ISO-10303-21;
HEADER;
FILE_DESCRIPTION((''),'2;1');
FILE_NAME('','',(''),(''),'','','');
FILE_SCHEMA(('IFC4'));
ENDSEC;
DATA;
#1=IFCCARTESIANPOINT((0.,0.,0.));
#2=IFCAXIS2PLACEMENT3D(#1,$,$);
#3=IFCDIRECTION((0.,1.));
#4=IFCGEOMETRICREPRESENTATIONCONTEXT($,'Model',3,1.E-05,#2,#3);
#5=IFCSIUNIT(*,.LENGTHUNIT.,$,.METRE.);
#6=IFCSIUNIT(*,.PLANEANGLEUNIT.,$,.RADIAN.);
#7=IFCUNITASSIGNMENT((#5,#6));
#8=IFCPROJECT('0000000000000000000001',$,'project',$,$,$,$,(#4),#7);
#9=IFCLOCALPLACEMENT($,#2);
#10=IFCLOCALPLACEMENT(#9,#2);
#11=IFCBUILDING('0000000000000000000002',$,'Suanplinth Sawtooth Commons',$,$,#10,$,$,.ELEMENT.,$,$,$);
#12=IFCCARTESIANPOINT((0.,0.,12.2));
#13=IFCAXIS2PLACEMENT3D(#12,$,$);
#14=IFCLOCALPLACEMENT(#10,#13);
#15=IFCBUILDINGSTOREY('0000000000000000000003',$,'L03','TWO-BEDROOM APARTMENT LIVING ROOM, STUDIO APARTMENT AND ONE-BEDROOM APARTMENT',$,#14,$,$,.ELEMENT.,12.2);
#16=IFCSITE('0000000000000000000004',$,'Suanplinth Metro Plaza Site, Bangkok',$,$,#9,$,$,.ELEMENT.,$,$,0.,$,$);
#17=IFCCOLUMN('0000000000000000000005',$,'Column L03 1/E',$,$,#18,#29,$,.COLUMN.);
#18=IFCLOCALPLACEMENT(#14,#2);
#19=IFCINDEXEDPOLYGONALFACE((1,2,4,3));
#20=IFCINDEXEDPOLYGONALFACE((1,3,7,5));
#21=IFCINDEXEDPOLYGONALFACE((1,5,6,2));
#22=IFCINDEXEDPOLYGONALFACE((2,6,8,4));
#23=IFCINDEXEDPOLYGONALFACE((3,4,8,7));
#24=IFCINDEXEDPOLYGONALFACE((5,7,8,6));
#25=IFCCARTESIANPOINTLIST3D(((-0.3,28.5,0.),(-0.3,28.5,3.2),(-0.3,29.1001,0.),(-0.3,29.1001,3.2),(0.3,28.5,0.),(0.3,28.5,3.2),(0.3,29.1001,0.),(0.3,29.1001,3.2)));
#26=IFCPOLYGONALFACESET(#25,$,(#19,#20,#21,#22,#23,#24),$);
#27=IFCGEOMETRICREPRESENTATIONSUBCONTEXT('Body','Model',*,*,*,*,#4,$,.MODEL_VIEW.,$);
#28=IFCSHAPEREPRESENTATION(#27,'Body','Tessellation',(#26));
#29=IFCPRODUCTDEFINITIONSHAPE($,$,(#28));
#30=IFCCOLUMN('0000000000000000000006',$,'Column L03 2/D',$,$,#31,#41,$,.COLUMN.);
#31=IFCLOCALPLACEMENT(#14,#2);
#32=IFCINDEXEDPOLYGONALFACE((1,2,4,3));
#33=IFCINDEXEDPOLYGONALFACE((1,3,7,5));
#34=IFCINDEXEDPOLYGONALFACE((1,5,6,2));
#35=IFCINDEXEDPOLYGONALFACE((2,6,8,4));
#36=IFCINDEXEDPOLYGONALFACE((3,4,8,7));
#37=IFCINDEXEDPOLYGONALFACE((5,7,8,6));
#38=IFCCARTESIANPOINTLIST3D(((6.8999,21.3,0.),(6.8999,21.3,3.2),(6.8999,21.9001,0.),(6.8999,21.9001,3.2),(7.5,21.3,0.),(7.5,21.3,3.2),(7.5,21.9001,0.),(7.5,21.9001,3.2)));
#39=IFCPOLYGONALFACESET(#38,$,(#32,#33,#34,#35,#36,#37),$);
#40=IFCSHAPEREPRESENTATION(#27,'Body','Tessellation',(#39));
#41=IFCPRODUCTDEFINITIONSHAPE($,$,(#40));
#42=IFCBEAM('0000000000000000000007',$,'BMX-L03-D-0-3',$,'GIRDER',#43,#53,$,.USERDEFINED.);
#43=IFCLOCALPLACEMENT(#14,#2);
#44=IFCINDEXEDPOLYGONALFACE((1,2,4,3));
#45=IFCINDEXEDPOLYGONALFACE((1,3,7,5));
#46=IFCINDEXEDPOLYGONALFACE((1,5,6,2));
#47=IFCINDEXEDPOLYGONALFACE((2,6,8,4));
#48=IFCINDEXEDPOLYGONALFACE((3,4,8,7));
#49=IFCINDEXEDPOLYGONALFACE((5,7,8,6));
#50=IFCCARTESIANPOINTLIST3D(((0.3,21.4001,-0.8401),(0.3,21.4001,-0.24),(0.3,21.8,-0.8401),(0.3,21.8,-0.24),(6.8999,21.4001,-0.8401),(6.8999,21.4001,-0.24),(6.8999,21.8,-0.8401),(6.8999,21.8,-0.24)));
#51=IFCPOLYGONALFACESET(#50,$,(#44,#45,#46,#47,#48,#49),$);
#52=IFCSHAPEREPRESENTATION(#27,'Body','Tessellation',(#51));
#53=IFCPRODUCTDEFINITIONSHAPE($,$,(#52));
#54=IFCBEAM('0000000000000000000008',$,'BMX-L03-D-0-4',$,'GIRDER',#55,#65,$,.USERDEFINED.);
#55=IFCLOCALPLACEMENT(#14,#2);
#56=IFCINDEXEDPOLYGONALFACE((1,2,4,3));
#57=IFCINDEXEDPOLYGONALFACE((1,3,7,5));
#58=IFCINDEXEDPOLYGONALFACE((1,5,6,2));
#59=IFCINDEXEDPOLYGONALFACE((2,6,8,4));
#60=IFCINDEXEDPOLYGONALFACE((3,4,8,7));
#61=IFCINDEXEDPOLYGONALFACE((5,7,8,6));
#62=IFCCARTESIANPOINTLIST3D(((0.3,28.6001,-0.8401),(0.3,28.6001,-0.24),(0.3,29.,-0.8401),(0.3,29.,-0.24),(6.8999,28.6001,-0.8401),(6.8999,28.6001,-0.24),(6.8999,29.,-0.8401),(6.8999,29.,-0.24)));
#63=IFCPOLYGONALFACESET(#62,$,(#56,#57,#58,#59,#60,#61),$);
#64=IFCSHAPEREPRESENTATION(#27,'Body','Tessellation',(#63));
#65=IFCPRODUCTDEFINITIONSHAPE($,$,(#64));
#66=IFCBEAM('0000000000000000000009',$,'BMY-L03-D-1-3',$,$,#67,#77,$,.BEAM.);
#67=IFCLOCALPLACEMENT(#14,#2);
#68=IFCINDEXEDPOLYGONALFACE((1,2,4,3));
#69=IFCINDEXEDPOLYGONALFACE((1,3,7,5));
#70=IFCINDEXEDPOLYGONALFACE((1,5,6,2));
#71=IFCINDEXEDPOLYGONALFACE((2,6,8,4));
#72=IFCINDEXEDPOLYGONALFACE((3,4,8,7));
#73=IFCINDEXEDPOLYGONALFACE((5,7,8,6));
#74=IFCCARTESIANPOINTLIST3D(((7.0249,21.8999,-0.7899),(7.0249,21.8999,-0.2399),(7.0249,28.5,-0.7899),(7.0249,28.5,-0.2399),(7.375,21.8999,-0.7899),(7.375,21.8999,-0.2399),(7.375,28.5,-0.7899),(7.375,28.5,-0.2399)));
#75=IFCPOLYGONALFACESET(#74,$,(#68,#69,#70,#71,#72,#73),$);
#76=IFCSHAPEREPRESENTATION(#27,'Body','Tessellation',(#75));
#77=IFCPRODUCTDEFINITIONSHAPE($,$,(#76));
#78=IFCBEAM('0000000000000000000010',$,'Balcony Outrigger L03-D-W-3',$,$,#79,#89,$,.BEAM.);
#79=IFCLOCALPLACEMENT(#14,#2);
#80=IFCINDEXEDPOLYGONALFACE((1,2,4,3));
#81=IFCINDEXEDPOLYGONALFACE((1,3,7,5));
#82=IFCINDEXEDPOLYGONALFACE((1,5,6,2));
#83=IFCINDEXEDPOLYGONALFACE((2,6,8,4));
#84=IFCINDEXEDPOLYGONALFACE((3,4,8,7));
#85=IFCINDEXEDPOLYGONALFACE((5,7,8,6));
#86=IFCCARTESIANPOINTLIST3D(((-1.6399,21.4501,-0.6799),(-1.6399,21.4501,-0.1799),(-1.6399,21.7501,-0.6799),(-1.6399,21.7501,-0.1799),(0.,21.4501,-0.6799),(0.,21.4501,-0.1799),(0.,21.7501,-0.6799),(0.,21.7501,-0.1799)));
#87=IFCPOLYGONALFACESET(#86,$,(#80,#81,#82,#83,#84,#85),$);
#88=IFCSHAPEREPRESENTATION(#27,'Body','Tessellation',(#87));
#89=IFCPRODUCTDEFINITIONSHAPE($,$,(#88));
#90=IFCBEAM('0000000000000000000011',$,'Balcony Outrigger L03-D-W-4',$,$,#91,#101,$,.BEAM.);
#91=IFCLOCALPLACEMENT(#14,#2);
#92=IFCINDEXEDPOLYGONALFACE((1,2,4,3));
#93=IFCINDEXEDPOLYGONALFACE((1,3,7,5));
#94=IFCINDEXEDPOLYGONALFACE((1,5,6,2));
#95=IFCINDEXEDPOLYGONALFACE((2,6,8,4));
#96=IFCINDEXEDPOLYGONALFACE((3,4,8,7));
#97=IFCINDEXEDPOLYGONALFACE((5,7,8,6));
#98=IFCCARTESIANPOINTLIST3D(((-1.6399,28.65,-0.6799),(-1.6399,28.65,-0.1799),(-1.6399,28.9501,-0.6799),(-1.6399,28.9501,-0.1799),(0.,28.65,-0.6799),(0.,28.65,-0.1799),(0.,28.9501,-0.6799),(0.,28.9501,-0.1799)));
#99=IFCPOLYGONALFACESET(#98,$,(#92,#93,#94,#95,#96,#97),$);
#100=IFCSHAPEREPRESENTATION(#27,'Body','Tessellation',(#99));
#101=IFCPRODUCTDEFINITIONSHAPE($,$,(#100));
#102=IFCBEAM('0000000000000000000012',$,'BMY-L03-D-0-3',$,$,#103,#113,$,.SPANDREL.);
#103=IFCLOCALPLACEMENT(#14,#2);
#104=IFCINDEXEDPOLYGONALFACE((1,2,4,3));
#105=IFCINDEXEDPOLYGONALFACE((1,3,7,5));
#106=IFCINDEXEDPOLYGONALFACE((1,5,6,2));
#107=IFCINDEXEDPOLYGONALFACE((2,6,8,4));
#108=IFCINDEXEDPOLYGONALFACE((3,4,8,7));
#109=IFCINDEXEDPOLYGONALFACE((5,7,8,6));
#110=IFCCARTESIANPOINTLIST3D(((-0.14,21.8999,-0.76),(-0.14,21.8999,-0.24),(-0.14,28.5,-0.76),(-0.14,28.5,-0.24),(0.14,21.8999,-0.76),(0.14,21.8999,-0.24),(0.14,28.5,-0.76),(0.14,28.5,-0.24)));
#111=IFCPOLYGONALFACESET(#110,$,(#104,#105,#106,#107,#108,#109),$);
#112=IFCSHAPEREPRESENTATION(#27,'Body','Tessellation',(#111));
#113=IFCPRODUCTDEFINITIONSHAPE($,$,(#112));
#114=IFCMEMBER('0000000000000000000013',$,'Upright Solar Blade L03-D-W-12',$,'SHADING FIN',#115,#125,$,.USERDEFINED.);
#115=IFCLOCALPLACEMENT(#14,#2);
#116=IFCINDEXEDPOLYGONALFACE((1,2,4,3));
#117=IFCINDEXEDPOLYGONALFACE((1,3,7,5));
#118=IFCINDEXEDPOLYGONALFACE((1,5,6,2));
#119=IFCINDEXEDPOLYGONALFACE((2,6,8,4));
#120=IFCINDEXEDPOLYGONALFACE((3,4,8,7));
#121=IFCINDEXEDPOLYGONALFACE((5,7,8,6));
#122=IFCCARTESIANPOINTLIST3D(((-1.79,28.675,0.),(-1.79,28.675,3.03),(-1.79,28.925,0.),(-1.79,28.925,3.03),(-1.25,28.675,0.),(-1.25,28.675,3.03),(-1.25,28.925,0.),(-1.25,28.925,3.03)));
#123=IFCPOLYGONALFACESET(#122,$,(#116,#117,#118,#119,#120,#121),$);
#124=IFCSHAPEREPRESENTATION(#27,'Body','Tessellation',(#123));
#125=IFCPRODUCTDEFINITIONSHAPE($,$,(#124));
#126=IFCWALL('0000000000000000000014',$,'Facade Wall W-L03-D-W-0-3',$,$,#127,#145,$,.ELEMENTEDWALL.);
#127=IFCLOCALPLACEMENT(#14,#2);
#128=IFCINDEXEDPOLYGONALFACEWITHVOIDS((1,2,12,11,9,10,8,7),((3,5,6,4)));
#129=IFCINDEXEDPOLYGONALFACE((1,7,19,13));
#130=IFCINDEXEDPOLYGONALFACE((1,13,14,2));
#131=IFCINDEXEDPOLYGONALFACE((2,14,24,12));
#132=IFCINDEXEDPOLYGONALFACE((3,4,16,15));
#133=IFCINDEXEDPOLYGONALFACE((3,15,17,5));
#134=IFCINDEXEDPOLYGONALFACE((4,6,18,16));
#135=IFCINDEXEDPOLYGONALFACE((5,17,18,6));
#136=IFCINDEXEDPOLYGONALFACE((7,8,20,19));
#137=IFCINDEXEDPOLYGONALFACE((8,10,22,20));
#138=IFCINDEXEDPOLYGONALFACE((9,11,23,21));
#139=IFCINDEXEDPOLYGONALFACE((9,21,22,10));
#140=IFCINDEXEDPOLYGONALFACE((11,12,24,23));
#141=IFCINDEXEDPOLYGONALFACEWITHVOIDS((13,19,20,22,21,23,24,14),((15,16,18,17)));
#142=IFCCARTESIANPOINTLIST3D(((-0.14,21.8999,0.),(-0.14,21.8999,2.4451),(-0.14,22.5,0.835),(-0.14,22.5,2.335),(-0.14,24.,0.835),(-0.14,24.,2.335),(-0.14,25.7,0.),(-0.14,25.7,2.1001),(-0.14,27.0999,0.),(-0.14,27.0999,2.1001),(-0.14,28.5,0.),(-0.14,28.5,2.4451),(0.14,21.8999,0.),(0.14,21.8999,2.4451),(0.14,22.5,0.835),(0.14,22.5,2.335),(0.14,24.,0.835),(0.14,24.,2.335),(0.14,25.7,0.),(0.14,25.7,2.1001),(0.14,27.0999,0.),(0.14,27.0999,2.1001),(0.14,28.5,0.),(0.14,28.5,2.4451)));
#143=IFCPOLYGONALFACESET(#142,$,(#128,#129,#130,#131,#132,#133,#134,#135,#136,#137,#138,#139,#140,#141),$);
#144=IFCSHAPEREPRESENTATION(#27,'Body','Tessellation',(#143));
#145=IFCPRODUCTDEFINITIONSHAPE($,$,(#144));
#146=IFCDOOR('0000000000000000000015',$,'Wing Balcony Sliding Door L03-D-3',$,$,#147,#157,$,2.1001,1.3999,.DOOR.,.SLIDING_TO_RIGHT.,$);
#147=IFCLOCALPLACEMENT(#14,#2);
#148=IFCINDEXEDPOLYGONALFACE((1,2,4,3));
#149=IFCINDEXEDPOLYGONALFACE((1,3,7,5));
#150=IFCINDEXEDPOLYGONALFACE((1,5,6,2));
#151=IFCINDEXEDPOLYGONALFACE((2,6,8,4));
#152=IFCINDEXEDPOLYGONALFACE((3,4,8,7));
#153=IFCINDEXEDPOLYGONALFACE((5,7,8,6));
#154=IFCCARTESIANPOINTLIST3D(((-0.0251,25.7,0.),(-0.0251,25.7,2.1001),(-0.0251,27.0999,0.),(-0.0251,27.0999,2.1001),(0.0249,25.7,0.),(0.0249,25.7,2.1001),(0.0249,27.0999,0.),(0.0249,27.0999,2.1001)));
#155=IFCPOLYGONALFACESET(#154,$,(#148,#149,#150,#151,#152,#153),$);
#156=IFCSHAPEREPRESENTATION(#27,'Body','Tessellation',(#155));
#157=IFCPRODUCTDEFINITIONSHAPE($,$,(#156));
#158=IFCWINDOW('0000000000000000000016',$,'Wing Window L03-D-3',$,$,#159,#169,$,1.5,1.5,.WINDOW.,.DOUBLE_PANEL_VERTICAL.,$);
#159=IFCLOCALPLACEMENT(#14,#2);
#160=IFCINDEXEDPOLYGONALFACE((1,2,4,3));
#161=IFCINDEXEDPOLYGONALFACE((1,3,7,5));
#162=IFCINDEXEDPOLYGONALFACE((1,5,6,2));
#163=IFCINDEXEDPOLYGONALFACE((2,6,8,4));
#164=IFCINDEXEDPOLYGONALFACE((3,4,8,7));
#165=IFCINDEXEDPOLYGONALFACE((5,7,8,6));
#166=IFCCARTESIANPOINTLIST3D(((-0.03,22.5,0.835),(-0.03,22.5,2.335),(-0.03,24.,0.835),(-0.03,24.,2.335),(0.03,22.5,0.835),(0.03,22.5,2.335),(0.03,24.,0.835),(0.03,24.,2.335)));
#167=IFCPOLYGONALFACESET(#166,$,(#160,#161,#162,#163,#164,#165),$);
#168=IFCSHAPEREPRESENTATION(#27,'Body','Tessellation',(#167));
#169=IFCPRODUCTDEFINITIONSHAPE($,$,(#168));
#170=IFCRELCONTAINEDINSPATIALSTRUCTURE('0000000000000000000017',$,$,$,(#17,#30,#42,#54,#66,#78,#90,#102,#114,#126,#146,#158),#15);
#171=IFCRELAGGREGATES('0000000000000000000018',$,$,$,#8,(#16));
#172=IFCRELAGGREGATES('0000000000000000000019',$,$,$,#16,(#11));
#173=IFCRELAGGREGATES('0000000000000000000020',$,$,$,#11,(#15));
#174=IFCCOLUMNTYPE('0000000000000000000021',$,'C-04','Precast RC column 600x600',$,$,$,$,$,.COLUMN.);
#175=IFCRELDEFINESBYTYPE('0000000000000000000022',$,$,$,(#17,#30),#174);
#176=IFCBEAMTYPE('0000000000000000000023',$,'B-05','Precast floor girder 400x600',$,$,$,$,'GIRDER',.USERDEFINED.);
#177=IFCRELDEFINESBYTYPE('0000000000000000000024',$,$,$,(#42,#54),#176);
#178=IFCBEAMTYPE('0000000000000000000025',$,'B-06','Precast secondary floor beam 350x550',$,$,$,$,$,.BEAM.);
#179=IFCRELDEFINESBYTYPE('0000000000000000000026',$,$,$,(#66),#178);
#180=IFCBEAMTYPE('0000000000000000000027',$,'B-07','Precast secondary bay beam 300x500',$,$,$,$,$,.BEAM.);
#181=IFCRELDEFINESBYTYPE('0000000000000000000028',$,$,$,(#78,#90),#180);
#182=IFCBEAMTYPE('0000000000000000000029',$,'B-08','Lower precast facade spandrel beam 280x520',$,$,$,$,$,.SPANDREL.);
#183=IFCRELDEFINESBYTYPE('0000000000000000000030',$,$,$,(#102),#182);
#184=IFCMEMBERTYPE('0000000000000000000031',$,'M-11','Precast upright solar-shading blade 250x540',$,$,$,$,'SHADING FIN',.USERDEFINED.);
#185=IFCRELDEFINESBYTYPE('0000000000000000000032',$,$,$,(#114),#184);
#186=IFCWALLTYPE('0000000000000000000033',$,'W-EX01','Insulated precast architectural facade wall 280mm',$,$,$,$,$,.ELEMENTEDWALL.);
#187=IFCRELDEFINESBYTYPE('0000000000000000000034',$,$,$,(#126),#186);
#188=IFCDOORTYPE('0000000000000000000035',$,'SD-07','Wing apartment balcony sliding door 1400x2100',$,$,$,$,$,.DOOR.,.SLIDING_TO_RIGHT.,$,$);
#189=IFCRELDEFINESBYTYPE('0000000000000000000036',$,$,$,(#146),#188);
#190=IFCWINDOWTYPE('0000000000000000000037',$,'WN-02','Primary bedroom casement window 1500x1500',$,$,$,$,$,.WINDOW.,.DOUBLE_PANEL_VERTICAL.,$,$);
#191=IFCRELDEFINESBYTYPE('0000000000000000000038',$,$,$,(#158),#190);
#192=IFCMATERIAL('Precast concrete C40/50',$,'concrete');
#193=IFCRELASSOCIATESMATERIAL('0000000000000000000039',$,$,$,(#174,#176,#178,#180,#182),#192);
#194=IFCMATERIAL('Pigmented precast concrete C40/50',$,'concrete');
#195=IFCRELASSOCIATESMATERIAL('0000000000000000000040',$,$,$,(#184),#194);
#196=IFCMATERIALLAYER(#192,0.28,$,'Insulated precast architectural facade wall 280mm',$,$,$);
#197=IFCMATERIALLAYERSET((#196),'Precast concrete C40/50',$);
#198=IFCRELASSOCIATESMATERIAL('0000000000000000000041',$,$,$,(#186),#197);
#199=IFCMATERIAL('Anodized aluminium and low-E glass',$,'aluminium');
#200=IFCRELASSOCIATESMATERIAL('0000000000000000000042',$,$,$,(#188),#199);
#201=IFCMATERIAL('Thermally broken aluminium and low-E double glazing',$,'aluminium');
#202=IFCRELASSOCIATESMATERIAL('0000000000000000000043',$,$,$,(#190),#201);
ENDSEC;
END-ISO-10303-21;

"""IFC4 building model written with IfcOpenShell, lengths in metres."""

from ifc_helpers import new_model, si_unit, direction, frame, frame_2d, origin, origin_2d, place, context, subcontext, project, spatial, rectangle, extrude, material, layer, layer_set, material_profile, profile_set, type_object, element, fill, save


model = new_model("IFC4")

# Units and contexts
model_context = context("Model", 3, precision=1e-05, world=origin(), true_north=direction((0.0, 1.0)))
body_context = subcontext(model_context, "Body", "Model", "MODEL_VIEW")
ifc_project = project(units=[si_unit("LENGTHUNIT", "METRE"), si_unit("PLANEANGLEUNIT", "RADIAN")], contexts=[model_context])

# Site, building, storey
site_placement = place(None, origin())
site = spatial("IfcSite", under=ifc_project, at=site_placement, Name="Suanplinth Metro Plaza Site, Bangkok", CompositionType="ELEMENT", RefElevation=0.0)
building_placement = place(site_placement, origin())
building = spatial("IfcBuilding", under=site, at=building_placement, Name="Suanplinth Sawtooth Commons", CompositionType="ELEMENT")
storey_placement = place(building_placement, frame((0.0, 0.0, 12.2)))
storey = spatial("IfcBuildingStorey", under=building, at=storey_placement, Name="L03", Description="TWO-BEDROOM APARTMENT LIVING ROOM, STUDIO APARTMENT AND ONE-BEDROOM APARTMENT", CompositionType="ELEMENT", Elevation=12.2)

# Columns
ifc_material_1 = material(Name="Precast concrete C40/50", Category="concrete")
ifc_material_profile_1 = material_profile(ifc_material_1, rectangle(XDim=0.6001, YDim=0.6001, at=origin_2d()), Name="PC-COL 600x600")
ifc_profile_set_1 = profile_set([ifc_material_profile_1], Name="Precast concrete C40/50")
column_type = type_object("IfcColumnType", Name="C-04", Description="Precast RC column 600x600", PredefinedType="COLUMN", material=ifc_profile_set_1)
for number, where, z_axis, x_axis, name in (
    (1, (0.0, 28.8, 0.0), (0.0, 0.0, 1.0), (1.0, 0.0, 0.0), "Column L03 1/E"),
    (2, (7.2, 21.6001, 0.0), (0.0, 0.0, 1.0), (1.0, 0.0, 0.0), "Column L03 2/D"),
):
    element("IfcColumn", number, at=place(storey_placement, frame(where, z_axis=z_axis, x_axis=x_axis)), inside=storey, type_object=column_type, Name=name, PredefinedType="COLUMN", context=body_context, shape_type="SweptSolid", body=[
        extrude(rectangle(XDim=0.6001, YDim=0.6001, at=origin_2d()), origin(), (0.0, 0.0, 1.0), 3.2),
    ])

# Beams
ifc_material_profile_2 = material_profile(ifc_material_1, rectangle(XDim=0.3999, YDim=0.6001, at=origin_2d()), Name="PC-GDR 400x600")
ifc_profile_set_2 = profile_set([ifc_material_profile_2], Name="Precast concrete C40/50")
beam_type_1 = type_object("IfcBeamType", Name="B-05", Description="Precast floor girder 400x600", ElementType="GIRDER", PredefinedType="USERDEFINED", material=ifc_profile_set_2)
for number, where, z_axis, x_axis, name in (
    (3, (0.3, 21.6001, -0.54), (1.0, 0.0, 0.0), (0.0, 1.0, 0.0), "BMX-L03-D-0-3"),
    (4, (0.3, 28.8, -0.54), (1.0, 0.0, 0.0), (0.0, 1.0, 0.0), "BMX-L03-D-0-4"),
):
    element("IfcBeam", number, at=place(storey_placement, frame(where, z_axis=z_axis, x_axis=x_axis)), inside=storey, type_object=beam_type_1, Name=name, ObjectType="GIRDER", PredefinedType="USERDEFINED", context=body_context, shape_type="SweptSolid", body=[
        extrude(rectangle(XDim=0.3999, YDim=0.6001, at=origin_2d()), origin(), (0.0, 0.0, 1.0), 6.5999),
    ])
ifc_material_profile_3 = material_profile(ifc_material_1, rectangle(XDim=0.3501, YDim=0.55, at=origin_2d()), Name="PC-BM 350x550")
ifc_profile_set_3 = profile_set([ifc_material_profile_3], Name="Precast concrete C40/50")
beam_type_2 = type_object("IfcBeamType", Name="B-06", Description="Precast secondary floor beam 350x550", PredefinedType="BEAM", material=ifc_profile_set_3)
beam_1_placement = place(storey_placement, frame((7.2, 21.8999, -0.5149), z_axis=(0.0, 1.0, 0.0), x_axis=(-1.0, 0.0, 0.0)))
element("IfcBeam", 5, at=beam_1_placement, inside=storey, type_object=beam_type_2, Name="BMY-L03-D-1-3", PredefinedType="BEAM", context=body_context, shape_type="SweptSolid", body=[
    extrude(rectangle(XDim=0.3501, YDim=0.55, at=origin_2d()), origin(), (0.0, 0.0, 1.0), 6.6001),
])
ifc_material_profile_4 = material_profile(ifc_material_1, rectangle(XDim=0.3, YDim=0.5, at=origin_2d()), Name="PC-BM 300x500")
ifc_profile_set_4 = profile_set([ifc_material_profile_4], Name="Precast concrete C40/50")
beam_type_3 = type_object("IfcBeamType", Name="B-07", Description="Precast secondary bay beam 300x500", PredefinedType="BEAM", material=ifc_profile_set_4)
for number, where, z_axis, x_axis, name in (
    (6, (0.0, 21.6001, -0.4299), (-1.0, 0.0, 0.0), (0.0, -1.0, 0.0), "Balcony Outrigger L03-D-W-3"),
    (7, (0.0, 28.8, -0.4299), (-1.0, 0.0, 0.0), (0.0, -1.0, 0.0), "Balcony Outrigger L03-D-W-4"),
):
    element("IfcBeam", number, at=place(storey_placement, frame(where, z_axis=z_axis, x_axis=x_axis)), inside=storey, type_object=beam_type_3, Name=name, PredefinedType="BEAM", context=body_context, shape_type="SweptSolid", body=[
        extrude(rectangle(XDim=0.3, YDim=0.5, at=origin_2d()), origin(), (0.0, 0.0, 1.0), 1.6399),
    ])
ifc_material_profile_5 = material_profile(ifc_material_1, rectangle(XDim=0.28, YDim=0.52, at=origin_2d()), Name="PC-SP 280x520")
ifc_profile_set_5 = profile_set([ifc_material_profile_5], Name="Precast concrete C40/50")
beam_type_4 = type_object("IfcBeamType", Name="B-08", Description="Lower precast facade spandrel beam 280x520", PredefinedType="SPANDREL", material=ifc_profile_set_5)
beam_2_placement = place(storey_placement, frame((0.0, 21.8999, -0.5), z_axis=(0.0, 1.0, 0.0), x_axis=(-1.0, 0.0, 0.0)))
element("IfcBeam", 8, at=beam_2_placement, inside=storey, type_object=beam_type_4, Name="BMY-L03-D-0-3", PredefinedType="SPANDREL", context=body_context, shape_type="SweptSolid", body=[
    extrude(rectangle(XDim=0.28, YDim=0.52, at=origin_2d()), origin(), (0.0, 0.0, 1.0), 6.6001),
])

# Member
ifc_material_2 = material(Name="Pigmented precast concrete C40/50", Category="concrete")
ifc_material_profile_6 = material_profile(ifc_material_2, rectangle(XDim=0.25, YDim=0.54, at=origin_2d()), Name="PC-FIN 250x540")
ifc_profile_set_6 = profile_set([ifc_material_profile_6], Name="Pigmented precast concrete C40/50")
member_type = type_object("IfcMemberType", Name="M-11", Description="Precast upright solar-shading blade 250x540", ElementType="SHADING FIN", PredefinedType="USERDEFINED", material=ifc_profile_set_6)
member_placement = place(storey_placement, frame((-1.52, 28.8, 0.0), z_axis=(0.0, 0.0, 1.0), x_axis=(0.0, 1.0, 0.0)))
element("IfcMember", 9, at=member_placement, inside=storey, type_object=member_type, Name="Upright Solar Blade L03-D-W-12", ObjectType="SHADING FIN", PredefinedType="USERDEFINED", context=body_context, shape_type="SweptSolid", body=[
    extrude(rectangle(XDim=0.25, YDim=0.54, at=origin_2d()), origin(), (0.0, 0.0, 1.0), 3.03),
])

# Wall, openings, door, window
ifc_layer_1 = layer(ifc_material_1, 0.28, Name="Insulated precast architectural facade wall 280mm")
ifc_layer_set_1 = layer_set([ifc_layer_1], Name="Precast concrete C40/50")
wall_type_1 = type_object("IfcWallType", Name="W-EX01", Description="Insulated precast architectural facade wall 280mm", PredefinedType="ELEMENTEDWALL", material=ifc_layer_set_1)
wall_1_placement = place(storey_placement, frame((0.0, 21.8999, 0.0), z_axis=(0.0, 0.0, 1.0), x_axis=(0.0, 1.0, 0.0)))
wall_1 = element("IfcWall", 10, at=wall_1_placement, inside=storey, type_object=wall_type_1, Name="Facade Wall W-L03-D-W-0-3", PredefinedType="ELEMENTEDWALL", context=body_context, shape_type="SweptSolid", body=[
    extrude(rectangle(XDim=6.6001, YDim=0.28, at=frame_2d((3.3, 0.0))), origin(), (0.0, 0.0, 1.0), 2.4451),
])
opening_1_placement = place(wall_1_placement, frame((3.8, 0.0, 0.0)))
opening_1 = element("IfcOpeningElement", 11, at=opening_1_placement, cuts=wall_1, PredefinedType="OPENING", context=body_context, shape_type="SweptSolid", body=[
    extrude(rectangle(XDim=1.3999, YDim=2.1001, at=frame_2d((0.7, 1.05))), frame((0.0, 0.1548, 0.0), z_axis=(0.0, -1.0, 0.0), x_axis=(1.0, 0.0, 0.0)), (0.0, 0.0, 1.0), 0.3098),
])
opening_2_placement = place(wall_1_placement, frame((0.6001, 0.0, 0.835)))
opening_2 = element("IfcOpeningElement", 12, at=opening_2_placement, cuts=wall_1, PredefinedType="OPENING", context=body_context, shape_type="SweptSolid", body=[
    extrude(rectangle(XDim=1.5, YDim=1.5, at=frame_2d((0.75, 0.75))), frame((0.0, 0.1548, 0.0), z_axis=(0.0, -1.0, 0.0), x_axis=(1.0, 0.0, 0.0)), (0.0, 0.0, 1.0), 0.3098),
])
ifc_material_3 = material(Name="Anodized aluminium and low-E glass", Category="aluminium")
door_type_1 = type_object("IfcDoorType", Name="SD-07", Description="Wing apartment balcony sliding door 1400x2100", OperationType="SLIDING_TO_RIGHT", PredefinedType="DOOR", material=ifc_material_3)
door_1_placement = place(opening_1_placement, frame((1.3999, 0.0, 0.0), z_axis=(0.0, 0.0, 1.0), x_axis=(-1.0, 0.0, 0.0)))
door_1 = element("IfcDoor", 13, at=door_1_placement, inside=storey, type_object=door_type_1, Name="Wing Balcony Sliding Door L03-D-3", OperationType="SLIDING_TO_RIGHT", OverallHeight=2.1001, OverallWidth=1.3999, PredefinedType="DOOR", context=body_context, shape_type="SweptSolid", body=[
    extrude(rectangle(XDim=1.3999, YDim=2.1001, at=frame_2d((0.7, 1.05))), frame((0.0, 0.0249, 0.0), z_axis=(0.0, -1.0, 0.0), x_axis=(1.0, 0.0, 0.0)), (0.0, 0.0, 1.0), 0.05),
])
fill(opening_1, door_1)
ifc_material_4 = material(Name="Thermally broken aluminium and low-E double glazing", Category="aluminium")
window_type = type_object("IfcWindowType", Name="WN-02", Description="Primary bedroom casement window 1500x1500", PartitioningType="DOUBLE_PANEL_VERTICAL", PredefinedType="WINDOW", material=ifc_material_4)
window_placement = place(opening_2_placement, origin())
window = element("IfcWindow", 14, at=window_placement, inside=storey, type_object=window_type, Name="Wing Window L03-D-3", OverallHeight=1.5, OverallWidth=1.5, PartitioningType="DOUBLE_PANEL_VERTICAL", PredefinedType="WINDOW", context=body_context, shape_type="SweptSolid", body=[
    extrude(rectangle(XDim=1.5, YDim=1.5, at=frame_2d((0.75, 0.75))), frame((0.0, 0.03, 0.0), z_axis=(0.0, -1.0, 0.0), x_axis=(1.0, 0.0, 0.0)), (0.0, 0.0, 1.0), 0.0601),
])
fill(opening_2, window)

save(model, "model.ifc")
